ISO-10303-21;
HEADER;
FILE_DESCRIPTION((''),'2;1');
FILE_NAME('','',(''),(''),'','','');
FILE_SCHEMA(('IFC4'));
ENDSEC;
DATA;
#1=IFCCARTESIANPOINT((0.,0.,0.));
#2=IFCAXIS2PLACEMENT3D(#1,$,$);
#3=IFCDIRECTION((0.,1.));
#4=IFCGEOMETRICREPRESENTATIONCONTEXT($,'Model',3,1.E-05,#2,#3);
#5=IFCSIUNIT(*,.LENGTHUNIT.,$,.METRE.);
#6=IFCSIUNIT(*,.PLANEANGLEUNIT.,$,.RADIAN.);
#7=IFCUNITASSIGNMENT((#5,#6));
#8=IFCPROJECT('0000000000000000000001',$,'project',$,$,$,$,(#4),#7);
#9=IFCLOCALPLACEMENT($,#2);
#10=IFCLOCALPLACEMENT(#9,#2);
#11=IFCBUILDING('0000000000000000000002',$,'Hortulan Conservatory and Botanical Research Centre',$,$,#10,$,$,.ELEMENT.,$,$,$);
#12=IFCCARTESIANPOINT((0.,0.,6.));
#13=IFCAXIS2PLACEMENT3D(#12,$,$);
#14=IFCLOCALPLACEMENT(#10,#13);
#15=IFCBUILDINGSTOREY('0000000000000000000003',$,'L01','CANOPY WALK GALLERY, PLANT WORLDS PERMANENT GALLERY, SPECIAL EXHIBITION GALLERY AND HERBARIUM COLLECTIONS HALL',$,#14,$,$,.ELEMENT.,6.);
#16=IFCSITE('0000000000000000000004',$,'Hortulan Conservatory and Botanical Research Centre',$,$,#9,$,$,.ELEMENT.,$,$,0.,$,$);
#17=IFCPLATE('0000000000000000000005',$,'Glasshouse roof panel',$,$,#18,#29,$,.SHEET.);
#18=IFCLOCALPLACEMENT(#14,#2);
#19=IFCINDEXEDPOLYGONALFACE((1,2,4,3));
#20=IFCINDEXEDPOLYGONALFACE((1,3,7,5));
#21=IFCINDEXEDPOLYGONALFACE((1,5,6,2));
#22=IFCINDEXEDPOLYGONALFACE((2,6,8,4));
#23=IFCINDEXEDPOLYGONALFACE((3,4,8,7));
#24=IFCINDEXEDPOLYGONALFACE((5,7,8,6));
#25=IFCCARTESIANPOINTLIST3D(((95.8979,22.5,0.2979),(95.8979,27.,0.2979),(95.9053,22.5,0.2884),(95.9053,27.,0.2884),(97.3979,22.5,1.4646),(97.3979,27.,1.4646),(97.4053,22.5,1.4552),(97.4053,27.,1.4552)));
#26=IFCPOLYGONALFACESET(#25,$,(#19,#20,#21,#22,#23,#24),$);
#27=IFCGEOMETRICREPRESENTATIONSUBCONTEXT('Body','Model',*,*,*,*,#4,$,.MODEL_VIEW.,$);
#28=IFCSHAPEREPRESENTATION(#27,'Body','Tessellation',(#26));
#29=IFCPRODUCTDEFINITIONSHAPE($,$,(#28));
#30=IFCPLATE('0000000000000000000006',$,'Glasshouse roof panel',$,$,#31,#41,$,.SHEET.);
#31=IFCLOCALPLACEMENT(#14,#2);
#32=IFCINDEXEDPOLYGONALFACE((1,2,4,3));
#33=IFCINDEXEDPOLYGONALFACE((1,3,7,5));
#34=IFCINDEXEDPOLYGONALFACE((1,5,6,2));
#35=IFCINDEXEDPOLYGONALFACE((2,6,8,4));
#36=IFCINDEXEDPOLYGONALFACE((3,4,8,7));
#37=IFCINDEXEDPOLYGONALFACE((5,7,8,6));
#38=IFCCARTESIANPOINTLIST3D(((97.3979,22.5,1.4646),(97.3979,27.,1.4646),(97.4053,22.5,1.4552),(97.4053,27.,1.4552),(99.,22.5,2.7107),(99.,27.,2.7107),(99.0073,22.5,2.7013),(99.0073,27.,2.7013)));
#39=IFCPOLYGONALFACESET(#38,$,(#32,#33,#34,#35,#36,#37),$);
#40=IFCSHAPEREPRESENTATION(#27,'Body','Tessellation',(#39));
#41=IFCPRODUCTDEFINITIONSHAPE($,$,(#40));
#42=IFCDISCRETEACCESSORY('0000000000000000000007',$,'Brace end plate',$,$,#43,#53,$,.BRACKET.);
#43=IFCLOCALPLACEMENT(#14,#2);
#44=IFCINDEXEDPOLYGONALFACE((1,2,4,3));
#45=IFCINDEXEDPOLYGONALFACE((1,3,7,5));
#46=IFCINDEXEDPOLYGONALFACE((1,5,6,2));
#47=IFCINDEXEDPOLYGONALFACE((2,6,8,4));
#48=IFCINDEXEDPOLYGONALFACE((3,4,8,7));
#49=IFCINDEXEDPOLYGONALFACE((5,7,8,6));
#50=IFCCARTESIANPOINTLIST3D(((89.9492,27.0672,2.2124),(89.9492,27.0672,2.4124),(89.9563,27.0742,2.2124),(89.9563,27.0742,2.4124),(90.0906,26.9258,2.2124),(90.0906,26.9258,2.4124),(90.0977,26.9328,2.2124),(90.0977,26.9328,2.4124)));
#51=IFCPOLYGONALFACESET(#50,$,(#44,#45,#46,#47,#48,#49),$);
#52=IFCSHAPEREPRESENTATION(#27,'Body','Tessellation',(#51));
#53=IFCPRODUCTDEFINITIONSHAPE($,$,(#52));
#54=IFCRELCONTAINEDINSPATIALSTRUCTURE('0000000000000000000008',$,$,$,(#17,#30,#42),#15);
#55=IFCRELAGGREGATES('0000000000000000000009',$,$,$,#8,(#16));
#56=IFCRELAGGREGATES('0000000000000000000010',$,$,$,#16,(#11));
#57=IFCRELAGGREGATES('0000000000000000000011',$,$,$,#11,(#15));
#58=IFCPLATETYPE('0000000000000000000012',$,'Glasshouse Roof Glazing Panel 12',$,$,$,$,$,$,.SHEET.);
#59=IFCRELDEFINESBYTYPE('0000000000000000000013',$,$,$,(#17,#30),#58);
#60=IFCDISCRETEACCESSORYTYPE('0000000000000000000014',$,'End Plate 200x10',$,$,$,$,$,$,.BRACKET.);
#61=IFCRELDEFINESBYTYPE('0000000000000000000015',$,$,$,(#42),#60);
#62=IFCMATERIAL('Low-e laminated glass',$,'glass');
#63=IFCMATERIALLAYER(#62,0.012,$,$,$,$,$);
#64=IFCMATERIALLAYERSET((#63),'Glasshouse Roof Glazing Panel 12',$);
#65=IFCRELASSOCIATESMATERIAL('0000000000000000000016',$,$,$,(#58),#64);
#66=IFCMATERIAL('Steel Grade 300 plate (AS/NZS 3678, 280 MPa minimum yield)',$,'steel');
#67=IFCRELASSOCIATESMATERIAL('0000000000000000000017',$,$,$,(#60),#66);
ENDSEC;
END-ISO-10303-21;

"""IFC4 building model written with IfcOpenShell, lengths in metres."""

from ifc_helpers import new_model, si_unit, direction, frame, origin, origin_2d, place, context, subcontext, project, spatial, polyline, rectangle, outline, extrude, material, layer, layer_set, type_object, element, save


model = new_model("IFC4")

# Units and contexts
model_context = context("Model", 3, precision=1e-05, world=origin(), true_north=direction((0.0, 1.0)))
body_context = subcontext(model_context, "Body", "Model", "MODEL_VIEW")
ifc_project = project(units=[si_unit("LENGTHUNIT", "METRE"), si_unit("PLANEANGLEUNIT", "RADIAN")], contexts=[model_context])

# Site, building, storey
site_placement = place(None, origin())
site = spatial("IfcSite", under=ifc_project, at=site_placement, Name="Hortulan Conservatory and Botanical Research Centre", CompositionType="ELEMENT", RefElevation=0.0)
building_placement = place(site_placement, origin())
building = spatial("IfcBuilding", under=site, at=building_placement, Name="Hortulan Conservatory and Botanical Research Centre", CompositionType="ELEMENT")
storey_placement = place(building_placement, frame((0.0, 0.0, 6.0)))
storey = spatial("IfcBuildingStorey", under=building, at=storey_placement, Name="L01", Description="CANOPY WALK GALLERY, PLANT WORLDS PERMANENT GALLERY, SPECIAL EXHIBITION GALLERY AND HERBARIUM COLLECTIONS HALL", CompositionType="ELEMENT", Elevation=6.0)

# Plates
ifc_material_1 = material(Name="Low-e laminated glass", Category="glass")
ifc_layer_1 = layer(ifc_material_1, 0.012)
ifc_layer_set_1 = layer_set([ifc_layer_1], Name="Glasshouse Roof Glazing Panel 12")
plate_type_1 = type_object("IfcPlateType", Name="Glasshouse Roof Glazing Panel 12", PredefinedType="SHEET", material=ifc_layer_set_1)
plate_1_placement = place(storey_placement, frame((95.8979, 22.5, 0.2979), z_axis=(-0.613967, 0.0, 0.789331), x_axis=(0.789331, 0.0, 0.613967)))
element("IfcPlate", 1, at=plate_1_placement, inside=storey, type_object=plate_type_1, Name="Glasshouse roof panel", PredefinedType="SHEET", context=body_context, shape_type="SweptSolid", body=[
    extrude(outline(polyline([(0.0, 0.0), (1.9003, 0.0), (1.9003, 4.5), (0.0, 4.5), (0.0, 0.0)])), origin(), (0.0, 0.0, -1.0), 0.012),
])
plate_2_placement = place(storey_placement, frame((97.3979, 22.5, 1.4646), z_axis=(-0.613957, 0.0, 0.789339), x_axis=(0.789339, 0.0, 0.613957)))
element("IfcPlate", 2, at=plate_2_placement, inside=storey, type_object=plate_type_1, Name="Glasshouse roof panel", PredefinedType="SHEET", context=body_context, shape_type="SweptSolid", body=[
    extrude(outline(polyline([(0.0, 0.0), (2.0296, 0.0), (2.0296, 4.5), (0.0, 4.5), (0.0, 0.0)])), origin(), (0.0, 0.0, -1.0), 0.012),
])

# Discrete accessory
ifc_material_2 = material(Name="Steel Grade 300 plate (AS/NZS 3678, 280 MPa minimum yield)", Category="steel")
discrete_accessory_type = type_object("IfcDiscreteAccessoryType", Name="End Plate 200x10", PredefinedType="BRACKET", material=ifc_material_2)
discrete_accessory_placement = place(storey_placement, frame((90.0234, 27.0, 2.2124), z_axis=(0.0, 0.0, 1.0), x_axis=(0.707107, -0.707107, 0.0)))
element("IfcDiscreteAccessory", 3, at=discrete_accessory_placement, inside=storey, type_object=discrete_accessory_type, Name="Brace end plate", PredefinedType="BRACKET", context=body_context, shape_type="SweptSolid", body=[
    extrude(rectangle(XDim=0.2, YDim=0.01, at=origin_2d()), origin(), (0.0, 0.0, 1.0), 0.2),
])

save(model, "model.ifc")
